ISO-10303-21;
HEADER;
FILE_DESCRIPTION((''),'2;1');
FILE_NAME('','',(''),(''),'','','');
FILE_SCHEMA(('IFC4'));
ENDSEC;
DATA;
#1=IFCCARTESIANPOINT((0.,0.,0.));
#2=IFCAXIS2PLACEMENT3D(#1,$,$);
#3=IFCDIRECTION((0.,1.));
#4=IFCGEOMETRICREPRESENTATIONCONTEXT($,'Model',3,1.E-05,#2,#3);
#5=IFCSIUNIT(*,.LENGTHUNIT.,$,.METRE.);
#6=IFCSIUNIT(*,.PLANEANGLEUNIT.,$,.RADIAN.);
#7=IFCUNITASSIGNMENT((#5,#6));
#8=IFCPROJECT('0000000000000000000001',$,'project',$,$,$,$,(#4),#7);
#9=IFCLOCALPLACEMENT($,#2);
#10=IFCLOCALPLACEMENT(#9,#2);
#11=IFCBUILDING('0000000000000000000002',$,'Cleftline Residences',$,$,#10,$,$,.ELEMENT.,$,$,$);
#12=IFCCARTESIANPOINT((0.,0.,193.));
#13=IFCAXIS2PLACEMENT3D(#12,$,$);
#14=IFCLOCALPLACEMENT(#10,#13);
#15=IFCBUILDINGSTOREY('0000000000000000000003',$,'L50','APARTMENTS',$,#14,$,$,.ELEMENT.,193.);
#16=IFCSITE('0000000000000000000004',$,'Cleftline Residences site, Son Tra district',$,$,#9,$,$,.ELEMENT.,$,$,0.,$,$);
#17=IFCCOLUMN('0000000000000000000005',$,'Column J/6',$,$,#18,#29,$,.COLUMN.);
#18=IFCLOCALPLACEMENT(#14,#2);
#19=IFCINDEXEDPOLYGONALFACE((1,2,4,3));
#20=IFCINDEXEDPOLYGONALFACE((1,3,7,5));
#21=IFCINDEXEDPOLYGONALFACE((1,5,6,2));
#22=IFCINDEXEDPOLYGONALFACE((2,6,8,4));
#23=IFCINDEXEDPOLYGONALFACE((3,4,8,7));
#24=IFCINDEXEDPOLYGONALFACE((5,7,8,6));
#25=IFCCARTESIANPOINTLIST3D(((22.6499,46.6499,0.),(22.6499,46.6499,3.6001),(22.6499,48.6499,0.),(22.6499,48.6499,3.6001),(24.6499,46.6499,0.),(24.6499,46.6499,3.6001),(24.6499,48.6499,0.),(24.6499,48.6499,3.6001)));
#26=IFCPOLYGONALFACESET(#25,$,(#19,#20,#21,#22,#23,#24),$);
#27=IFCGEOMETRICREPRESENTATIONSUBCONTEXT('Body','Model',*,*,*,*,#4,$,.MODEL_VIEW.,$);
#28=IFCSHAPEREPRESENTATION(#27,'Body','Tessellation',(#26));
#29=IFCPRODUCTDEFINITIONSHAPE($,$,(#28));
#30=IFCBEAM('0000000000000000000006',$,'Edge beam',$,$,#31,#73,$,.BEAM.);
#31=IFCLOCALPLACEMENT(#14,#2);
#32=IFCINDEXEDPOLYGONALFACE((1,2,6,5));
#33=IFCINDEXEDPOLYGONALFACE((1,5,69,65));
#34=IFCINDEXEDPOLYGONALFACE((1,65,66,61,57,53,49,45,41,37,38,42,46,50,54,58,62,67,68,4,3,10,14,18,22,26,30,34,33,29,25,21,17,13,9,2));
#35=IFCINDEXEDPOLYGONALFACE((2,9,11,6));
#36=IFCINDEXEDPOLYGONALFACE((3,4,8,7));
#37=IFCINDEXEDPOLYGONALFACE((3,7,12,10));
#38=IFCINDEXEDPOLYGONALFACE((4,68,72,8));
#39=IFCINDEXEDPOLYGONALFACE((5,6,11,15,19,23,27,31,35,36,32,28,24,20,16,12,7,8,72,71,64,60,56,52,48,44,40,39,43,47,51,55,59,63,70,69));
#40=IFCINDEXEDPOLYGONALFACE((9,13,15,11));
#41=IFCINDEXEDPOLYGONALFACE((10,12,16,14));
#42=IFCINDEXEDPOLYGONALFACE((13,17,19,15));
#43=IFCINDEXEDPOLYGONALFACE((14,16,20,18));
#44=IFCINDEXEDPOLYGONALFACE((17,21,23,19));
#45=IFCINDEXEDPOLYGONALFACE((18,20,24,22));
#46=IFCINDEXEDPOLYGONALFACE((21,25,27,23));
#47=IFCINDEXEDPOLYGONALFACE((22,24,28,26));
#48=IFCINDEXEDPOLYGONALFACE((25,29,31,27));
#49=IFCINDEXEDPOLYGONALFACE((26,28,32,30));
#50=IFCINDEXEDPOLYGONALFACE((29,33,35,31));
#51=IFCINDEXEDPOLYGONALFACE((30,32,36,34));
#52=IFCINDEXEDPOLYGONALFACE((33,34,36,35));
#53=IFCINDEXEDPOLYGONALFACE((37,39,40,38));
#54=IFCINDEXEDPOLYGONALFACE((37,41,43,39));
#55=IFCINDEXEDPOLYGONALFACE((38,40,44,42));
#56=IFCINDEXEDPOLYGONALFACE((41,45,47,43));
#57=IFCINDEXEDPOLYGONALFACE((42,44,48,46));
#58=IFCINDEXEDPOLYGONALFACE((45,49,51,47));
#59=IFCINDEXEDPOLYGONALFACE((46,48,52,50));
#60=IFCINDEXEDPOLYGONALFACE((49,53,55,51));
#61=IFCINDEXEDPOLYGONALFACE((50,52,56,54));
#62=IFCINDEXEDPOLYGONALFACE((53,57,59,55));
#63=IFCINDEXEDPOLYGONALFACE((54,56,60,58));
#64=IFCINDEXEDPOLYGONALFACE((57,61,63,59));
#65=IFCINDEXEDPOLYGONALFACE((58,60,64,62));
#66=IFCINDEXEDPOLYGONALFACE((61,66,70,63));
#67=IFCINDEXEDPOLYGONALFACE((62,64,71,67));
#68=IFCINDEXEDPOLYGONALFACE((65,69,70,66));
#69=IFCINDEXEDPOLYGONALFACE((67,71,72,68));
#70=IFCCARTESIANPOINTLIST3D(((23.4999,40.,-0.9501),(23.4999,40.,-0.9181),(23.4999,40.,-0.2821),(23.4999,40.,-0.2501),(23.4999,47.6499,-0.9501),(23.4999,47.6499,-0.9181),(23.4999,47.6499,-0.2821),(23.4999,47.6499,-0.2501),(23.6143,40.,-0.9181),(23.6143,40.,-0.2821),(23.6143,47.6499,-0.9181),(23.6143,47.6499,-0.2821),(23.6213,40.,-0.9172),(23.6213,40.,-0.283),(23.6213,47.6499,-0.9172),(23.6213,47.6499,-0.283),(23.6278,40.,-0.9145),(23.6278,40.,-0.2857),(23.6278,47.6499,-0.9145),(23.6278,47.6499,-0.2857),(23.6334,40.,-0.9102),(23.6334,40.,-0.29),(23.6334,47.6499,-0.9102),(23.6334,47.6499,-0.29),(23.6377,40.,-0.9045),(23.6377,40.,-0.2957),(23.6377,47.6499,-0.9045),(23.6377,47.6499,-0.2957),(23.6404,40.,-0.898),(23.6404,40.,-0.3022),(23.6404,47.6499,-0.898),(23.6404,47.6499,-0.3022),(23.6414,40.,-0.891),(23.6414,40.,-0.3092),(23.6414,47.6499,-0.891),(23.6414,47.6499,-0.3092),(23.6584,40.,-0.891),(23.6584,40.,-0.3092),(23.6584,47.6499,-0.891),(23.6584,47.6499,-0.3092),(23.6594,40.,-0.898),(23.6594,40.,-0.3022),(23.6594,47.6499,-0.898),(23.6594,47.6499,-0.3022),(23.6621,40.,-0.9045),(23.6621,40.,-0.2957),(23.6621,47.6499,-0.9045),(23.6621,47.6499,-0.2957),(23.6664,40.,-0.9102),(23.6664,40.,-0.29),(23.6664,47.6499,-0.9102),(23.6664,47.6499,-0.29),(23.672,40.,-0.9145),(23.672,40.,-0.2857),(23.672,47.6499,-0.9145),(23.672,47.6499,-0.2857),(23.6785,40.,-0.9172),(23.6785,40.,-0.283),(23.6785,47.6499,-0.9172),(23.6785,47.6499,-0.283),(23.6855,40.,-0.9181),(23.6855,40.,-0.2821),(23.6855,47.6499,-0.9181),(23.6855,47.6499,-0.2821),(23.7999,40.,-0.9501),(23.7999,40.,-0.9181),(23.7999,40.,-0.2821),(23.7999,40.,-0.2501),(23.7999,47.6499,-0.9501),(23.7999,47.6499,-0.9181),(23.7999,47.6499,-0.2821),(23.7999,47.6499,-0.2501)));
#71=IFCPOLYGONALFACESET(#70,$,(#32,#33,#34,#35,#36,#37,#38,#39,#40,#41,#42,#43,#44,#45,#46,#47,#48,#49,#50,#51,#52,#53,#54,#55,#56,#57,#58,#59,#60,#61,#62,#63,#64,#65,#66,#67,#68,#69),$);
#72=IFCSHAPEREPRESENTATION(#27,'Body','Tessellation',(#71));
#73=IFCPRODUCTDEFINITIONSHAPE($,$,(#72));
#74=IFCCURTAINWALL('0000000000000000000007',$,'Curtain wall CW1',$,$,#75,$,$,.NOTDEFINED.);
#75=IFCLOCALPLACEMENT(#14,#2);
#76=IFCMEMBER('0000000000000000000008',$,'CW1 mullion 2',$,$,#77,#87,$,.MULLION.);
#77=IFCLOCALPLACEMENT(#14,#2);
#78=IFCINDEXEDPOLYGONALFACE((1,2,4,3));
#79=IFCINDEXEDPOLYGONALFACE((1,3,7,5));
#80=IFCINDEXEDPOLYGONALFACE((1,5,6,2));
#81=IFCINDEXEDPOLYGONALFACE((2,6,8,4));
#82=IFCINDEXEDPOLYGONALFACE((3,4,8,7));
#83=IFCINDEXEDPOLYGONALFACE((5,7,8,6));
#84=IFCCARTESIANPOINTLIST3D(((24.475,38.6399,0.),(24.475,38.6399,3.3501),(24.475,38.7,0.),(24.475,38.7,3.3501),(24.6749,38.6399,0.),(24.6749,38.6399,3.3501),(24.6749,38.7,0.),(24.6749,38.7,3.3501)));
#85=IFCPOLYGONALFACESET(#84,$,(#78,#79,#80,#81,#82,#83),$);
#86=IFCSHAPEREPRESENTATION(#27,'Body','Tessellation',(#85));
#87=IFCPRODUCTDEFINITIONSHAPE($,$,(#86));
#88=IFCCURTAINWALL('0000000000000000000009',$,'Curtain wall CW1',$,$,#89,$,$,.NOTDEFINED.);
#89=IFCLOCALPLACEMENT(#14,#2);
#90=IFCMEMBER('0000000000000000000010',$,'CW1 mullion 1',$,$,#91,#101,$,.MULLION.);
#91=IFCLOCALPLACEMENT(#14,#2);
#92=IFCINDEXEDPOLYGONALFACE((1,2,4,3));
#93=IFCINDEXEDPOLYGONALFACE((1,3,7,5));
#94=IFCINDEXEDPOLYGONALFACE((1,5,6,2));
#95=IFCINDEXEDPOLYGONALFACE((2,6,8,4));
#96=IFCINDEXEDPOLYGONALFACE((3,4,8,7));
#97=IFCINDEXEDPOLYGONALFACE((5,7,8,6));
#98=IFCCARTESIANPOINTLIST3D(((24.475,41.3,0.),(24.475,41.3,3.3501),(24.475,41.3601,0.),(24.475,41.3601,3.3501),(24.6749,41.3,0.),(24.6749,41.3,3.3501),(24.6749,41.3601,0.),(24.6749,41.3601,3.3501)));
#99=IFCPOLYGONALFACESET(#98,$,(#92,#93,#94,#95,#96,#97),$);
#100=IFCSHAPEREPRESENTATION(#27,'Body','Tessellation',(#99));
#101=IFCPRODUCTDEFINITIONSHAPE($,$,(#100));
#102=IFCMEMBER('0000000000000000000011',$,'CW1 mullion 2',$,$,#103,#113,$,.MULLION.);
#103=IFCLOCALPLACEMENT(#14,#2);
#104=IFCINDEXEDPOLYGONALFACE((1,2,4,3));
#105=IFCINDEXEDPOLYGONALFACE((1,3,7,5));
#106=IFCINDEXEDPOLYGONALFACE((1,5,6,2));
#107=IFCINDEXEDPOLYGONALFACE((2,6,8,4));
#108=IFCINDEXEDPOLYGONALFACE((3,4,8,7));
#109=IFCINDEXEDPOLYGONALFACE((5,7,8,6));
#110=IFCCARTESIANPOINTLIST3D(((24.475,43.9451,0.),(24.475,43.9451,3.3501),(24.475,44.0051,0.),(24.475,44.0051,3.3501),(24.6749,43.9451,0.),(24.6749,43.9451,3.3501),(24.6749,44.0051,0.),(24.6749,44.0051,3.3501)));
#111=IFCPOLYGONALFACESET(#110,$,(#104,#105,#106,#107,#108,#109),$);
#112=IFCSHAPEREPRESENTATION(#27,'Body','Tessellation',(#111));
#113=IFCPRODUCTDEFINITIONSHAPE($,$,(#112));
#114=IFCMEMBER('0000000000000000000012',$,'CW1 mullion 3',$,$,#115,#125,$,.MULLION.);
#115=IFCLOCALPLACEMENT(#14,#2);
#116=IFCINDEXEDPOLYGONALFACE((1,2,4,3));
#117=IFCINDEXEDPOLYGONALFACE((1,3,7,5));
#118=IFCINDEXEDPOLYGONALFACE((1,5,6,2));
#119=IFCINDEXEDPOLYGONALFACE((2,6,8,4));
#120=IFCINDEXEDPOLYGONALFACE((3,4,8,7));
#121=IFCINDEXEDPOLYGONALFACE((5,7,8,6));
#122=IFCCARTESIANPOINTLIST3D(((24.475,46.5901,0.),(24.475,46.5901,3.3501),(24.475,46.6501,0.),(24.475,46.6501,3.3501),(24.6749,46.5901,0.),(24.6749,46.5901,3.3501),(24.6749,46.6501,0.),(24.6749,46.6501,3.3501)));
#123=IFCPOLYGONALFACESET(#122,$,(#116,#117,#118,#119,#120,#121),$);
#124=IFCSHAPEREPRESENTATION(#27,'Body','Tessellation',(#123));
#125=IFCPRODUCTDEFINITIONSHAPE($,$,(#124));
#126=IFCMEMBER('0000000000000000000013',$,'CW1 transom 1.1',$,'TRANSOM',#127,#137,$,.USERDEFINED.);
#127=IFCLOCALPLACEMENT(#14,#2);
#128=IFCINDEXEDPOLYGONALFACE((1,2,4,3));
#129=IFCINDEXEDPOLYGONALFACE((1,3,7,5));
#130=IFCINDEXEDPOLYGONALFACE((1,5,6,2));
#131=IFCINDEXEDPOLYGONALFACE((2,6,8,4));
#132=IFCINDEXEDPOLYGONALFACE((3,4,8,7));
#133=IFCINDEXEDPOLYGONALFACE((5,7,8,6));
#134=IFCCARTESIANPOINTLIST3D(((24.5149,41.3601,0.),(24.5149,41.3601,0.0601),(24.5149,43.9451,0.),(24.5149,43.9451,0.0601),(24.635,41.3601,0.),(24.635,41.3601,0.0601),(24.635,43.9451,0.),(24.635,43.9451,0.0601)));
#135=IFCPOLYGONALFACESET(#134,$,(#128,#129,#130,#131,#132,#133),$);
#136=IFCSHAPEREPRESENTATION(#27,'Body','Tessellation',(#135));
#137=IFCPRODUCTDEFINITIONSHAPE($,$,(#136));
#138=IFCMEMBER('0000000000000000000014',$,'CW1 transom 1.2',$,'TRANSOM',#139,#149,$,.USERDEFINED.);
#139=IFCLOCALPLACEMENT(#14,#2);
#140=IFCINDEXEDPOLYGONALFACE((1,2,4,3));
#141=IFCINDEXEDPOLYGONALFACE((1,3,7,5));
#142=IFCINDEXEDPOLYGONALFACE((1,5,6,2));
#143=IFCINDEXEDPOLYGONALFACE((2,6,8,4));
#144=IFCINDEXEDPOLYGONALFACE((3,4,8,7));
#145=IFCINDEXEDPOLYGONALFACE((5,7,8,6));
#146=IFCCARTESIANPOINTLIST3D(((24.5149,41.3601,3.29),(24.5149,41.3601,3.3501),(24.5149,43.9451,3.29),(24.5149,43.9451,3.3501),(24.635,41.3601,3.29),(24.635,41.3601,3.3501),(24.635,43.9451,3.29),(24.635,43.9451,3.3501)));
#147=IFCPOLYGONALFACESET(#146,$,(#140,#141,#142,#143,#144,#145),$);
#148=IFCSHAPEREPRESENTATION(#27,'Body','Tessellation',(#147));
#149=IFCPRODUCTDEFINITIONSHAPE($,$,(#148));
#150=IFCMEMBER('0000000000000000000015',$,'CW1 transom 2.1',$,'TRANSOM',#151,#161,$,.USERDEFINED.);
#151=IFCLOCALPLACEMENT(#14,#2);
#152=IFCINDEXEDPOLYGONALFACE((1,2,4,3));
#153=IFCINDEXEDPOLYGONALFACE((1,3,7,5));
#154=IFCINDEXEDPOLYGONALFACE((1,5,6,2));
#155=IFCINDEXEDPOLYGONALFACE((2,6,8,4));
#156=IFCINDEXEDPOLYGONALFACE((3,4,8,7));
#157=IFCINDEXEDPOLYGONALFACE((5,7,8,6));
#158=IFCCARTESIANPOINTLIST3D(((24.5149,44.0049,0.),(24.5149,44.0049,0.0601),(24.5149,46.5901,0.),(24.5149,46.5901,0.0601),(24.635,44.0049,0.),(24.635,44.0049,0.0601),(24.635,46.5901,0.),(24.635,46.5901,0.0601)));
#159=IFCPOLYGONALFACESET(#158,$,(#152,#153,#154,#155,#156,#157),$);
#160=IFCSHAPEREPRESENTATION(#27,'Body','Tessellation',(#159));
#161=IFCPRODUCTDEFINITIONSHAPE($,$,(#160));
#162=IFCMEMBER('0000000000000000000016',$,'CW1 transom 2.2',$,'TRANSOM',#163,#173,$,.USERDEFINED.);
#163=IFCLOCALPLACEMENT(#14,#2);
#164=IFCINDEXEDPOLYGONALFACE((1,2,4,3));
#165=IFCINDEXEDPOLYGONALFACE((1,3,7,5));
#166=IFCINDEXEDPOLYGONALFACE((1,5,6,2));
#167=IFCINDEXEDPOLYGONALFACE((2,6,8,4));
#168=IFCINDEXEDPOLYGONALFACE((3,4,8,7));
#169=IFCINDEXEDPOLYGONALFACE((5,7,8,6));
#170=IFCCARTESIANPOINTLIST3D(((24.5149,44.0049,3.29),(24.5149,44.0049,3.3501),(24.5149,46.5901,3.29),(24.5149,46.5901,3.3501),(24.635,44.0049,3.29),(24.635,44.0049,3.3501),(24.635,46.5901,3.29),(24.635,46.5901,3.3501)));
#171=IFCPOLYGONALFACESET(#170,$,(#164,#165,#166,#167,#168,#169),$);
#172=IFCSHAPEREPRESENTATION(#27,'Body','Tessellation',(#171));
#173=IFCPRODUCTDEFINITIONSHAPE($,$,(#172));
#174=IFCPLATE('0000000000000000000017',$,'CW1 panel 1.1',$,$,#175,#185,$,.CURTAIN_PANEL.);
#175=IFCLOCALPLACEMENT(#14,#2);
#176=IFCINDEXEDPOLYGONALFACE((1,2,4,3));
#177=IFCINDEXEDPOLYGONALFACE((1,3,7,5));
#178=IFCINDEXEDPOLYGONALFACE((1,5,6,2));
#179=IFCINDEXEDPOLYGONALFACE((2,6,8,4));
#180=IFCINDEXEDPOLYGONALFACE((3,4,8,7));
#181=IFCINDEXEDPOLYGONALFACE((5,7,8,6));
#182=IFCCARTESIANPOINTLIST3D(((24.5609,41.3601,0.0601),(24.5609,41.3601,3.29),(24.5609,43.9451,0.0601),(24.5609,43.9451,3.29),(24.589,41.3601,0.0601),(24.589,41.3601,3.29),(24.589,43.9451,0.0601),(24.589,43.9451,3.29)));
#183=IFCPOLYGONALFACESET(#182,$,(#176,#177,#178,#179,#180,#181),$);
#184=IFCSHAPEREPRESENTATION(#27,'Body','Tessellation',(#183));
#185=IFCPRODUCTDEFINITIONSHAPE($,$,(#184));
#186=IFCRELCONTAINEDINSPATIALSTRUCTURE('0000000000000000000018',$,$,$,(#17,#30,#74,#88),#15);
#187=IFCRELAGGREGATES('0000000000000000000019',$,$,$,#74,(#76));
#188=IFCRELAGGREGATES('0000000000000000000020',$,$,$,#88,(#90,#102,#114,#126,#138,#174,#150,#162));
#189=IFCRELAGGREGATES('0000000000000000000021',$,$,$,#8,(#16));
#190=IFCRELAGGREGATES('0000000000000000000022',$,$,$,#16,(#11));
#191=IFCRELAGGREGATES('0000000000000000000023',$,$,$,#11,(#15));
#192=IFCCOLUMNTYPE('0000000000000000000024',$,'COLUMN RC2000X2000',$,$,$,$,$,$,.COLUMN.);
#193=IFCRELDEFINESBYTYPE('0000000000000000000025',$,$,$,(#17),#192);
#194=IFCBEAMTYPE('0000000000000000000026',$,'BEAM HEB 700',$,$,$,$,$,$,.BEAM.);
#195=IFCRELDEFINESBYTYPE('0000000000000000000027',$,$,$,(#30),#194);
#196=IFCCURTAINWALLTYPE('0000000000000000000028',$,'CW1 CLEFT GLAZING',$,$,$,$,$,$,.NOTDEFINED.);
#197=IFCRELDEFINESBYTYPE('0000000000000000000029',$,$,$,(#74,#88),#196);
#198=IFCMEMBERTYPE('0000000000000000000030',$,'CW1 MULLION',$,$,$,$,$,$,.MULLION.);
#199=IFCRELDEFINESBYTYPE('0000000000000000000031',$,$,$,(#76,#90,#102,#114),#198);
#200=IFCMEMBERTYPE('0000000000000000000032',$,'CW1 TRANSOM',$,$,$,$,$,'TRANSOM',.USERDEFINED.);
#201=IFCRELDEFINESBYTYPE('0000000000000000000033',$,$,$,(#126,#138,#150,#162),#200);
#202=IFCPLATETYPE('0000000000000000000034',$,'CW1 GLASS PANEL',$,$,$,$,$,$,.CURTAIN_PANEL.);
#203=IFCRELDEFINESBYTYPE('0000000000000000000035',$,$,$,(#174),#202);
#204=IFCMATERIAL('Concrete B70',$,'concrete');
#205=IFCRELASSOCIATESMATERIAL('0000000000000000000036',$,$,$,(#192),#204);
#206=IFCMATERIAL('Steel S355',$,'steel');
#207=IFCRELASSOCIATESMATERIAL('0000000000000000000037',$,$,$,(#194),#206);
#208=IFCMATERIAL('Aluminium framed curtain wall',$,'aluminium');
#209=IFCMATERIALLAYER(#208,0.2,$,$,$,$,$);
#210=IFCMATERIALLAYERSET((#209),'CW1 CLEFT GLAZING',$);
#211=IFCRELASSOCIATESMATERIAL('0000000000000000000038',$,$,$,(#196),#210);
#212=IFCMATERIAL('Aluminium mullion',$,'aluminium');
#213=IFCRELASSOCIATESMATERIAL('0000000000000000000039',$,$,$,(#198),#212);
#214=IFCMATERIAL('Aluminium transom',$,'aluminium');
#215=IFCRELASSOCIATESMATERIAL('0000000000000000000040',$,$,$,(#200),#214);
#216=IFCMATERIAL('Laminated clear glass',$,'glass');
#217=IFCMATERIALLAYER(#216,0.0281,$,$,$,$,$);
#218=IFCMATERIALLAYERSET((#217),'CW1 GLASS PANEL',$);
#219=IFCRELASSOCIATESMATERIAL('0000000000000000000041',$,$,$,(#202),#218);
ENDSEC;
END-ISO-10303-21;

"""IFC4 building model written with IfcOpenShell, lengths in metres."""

from ifc_helpers import new_model, si_unit, direction, frame, origin, origin_2d, place, context, subcontext, project, spatial, rectangle, i_section, extrude, material, layer, layer_set, material_profile, profile_set, type_object, element, aggregate, save


model = new_model("IFC4")

# Units and contexts
model_context = context("Model", 3, precision=1e-05, world=origin(), true_north=direction((0.0, 1.0)))
body_context = subcontext(model_context, "Body", "Model", "MODEL_VIEW")
ifc_project = project(units=[si_unit("LENGTHUNIT", "METRE"), si_unit("PLANEANGLEUNIT", "RADIAN")], contexts=[model_context])

# Site, building, storey
site_placement = place(None, origin())
site = spatial("IfcSite", under=ifc_project, at=site_placement, Name="Cleftline Residences site, Son Tra district", CompositionType="ELEMENT", RefElevation=0.0)
building_placement = place(site_placement, origin())
building = spatial("IfcBuilding", under=site, at=building_placement, Name="Cleftline Residences", CompositionType="ELEMENT")
storey_placement = place(building_placement, frame((0.0, 0.0, 193.0)))
storey = spatial("IfcBuildingStorey", under=building, at=storey_placement, Name="L50", Description="APARTMENTS", CompositionType="ELEMENT", Elevation=193.0)

# Column
ifc_material_1 = material(Name="Concrete B70", Category="concrete")
ifc_material_profile_1 = material_profile(ifc_material_1, rectangle(XDim=2.0, YDim=2.0, at=origin_2d()))
ifc_profile_set_1 = profile_set([ifc_material_profile_1], Name="Concrete B70")
column_type = type_object("IfcColumnType", Name="COLUMN RC2000X2000", PredefinedType="COLUMN", material=ifc_profile_set_1)
column_placement = place(storey_placement, frame((23.6499, 47.6499, 0.0), z_axis=(0.0, 0.0, 1.0), x_axis=(1.0, 0.0, 0.0)))
element("IfcColumn", 1, at=column_placement, inside=storey, type_object=column_type, Name="Column J/6", PredefinedType="COLUMN", context=body_context, shape_type="SweptSolid", body=[
    extrude(rectangle(XDim=2.0, YDim=2.0, at=origin_2d()), origin(), (0.0, 0.0, 1.0), 3.6001),
])

# Beam
ifc_material_2 = material(Name="Steel S355", Category="steel")
ifc_material_profile_2 = material_profile(ifc_material_2, i_section(OverallWidth=0.3, OverallDepth=0.7, WebThickness=0.0171, FlangeThickness=0.032, FilletRadius=0.0271, at=origin_2d()))
ifc_profile_set_2 = profile_set([ifc_material_profile_2], Name="Steel S355")
beam_type = type_object("IfcBeamType", Name="BEAM HEB 700", PredefinedType="BEAM", material=ifc_profile_set_2)
beam_placement = place(storey_placement, frame((23.6499, 47.6499, -0.6001), z_axis=(0.0, -1.0, 0.0), x_axis=(1.0, 0.0, 0.0)))
element("IfcBeam", 2, at=beam_placement, inside=storey, type_object=beam_type, Name="Edge beam", PredefinedType="BEAM", context=body_context, shape_type="SweptSolid", body=[
    extrude(i_section(OverallWidth=0.3, OverallDepth=0.7, WebThickness=0.0171, FlangeThickness=0.032, FilletRadius=0.0271, at=origin_2d()), origin(), (0.0, 0.0, 1.0), 7.6499),
])

# Curtain wall, member
ifc_material_3 = material(Name="Aluminium framed curtain wall", Category="aluminium")
ifc_layer_1 = layer(ifc_material_3, 0.2)
ifc_layer_set_1 = layer_set([ifc_layer_1], Name="CW1 CLEFT GLAZING")
curtain_wall_type = type_object("IfcCurtainWallType", Name="CW1 CLEFT GLAZING", PredefinedType="NOTDEFINED", material=ifc_layer_set_1)
curtain_wall_1_placement = place(storey_placement, origin())
curtain_wall_1 = element("IfcCurtainWall", 3, at=curtain_wall_1_placement, inside=storey, type_object=curtain_wall_type, Name="Curtain wall CW1", PredefinedType="NOTDEFINED")
ifc_material_4 = material(Name="Aluminium mullion", Category="aluminium")
ifc_material_profile_3 = material_profile(ifc_material_4, rectangle(XDim=0.2, YDim=0.0601, at=origin_2d()))
ifc_profile_set_3 = profile_set([ifc_material_profile_3], Name="Aluminium mullion")
member_type_1 = type_object("IfcMemberType", Name="CW1 MULLION", PredefinedType="MULLION", material=ifc_profile_set_3)
member_1_placement = place(storey_placement, frame((24.575, 38.6699, 0.0), z_axis=(0.0, 0.0, 1.0), x_axis=(-1.0, 0.0, 0.0)))
member_1 = element("IfcMember", 4, at=member_1_placement, type_object=member_type_1, Name="CW1 mullion 2", PredefinedType="MULLION", context=body_context, shape_type="SweptSolid", body=[
    extrude(rectangle(XDim=0.2, YDim=0.0601, at=origin_2d()), origin(), (0.0, 0.0, 1.0), 3.3501),
])
aggregate(curtain_wall_1, [member_1])

# Curtain wall, members, plate
curtain_wall_2_placement = place(storey_placement, origin())
curtain_wall_2 = element("IfcCurtainWall", 5, at=curtain_wall_2_placement, inside=storey, type_object=curtain_wall_type, Name="Curtain wall CW1", PredefinedType="NOTDEFINED")
member_2_placement = place(storey_placement, frame((24.575, 41.3301, 0.0), z_axis=(0.0, 0.0, 1.0), x_axis=(-1.0, 0.0, 0.0)))
member_2 = element("IfcMember", 6, at=member_2_placement, type_object=member_type_1, Name="CW1 mullion 1", PredefinedType="MULLION", context=body_context, shape_type="SweptSolid", body=[
    extrude(rectangle(XDim=0.2, YDim=0.0601, at=origin_2d()), origin(), (0.0, 0.0, 1.0), 3.3501),
])
member_3_placement = place(storey_placement, frame((24.575, 43.9751, 0.0), z_axis=(0.0, 0.0, 1.0), x_axis=(-1.0, 0.0, 0.0)))
member_3 = element("IfcMember", 7, at=member_3_placement, type_object=member_type_1, Name="CW1 mullion 2", PredefinedType="MULLION", context=body_context, shape_type="SweptSolid", body=[
    extrude(rectangle(XDim=0.2, YDim=0.0601, at=origin_2d()), origin(), (0.0, 0.0, 1.0), 3.3501),
])
member_4_placement = place(storey_placement, frame((24.575, 46.6201, 0.0), z_axis=(0.0, 0.0, 1.0), x_axis=(-1.0, 0.0, 0.0)))
member_4 = element("IfcMember", 8, at=member_4_placement, type_object=member_type_1, Name="CW1 mullion 3", PredefinedType="MULLION", context=body_context, shape_type="SweptSolid", body=[
    extrude(rectangle(XDim=0.2, YDim=0.0601, at=origin_2d()), origin(), (0.0, 0.0, 1.0), 3.3501),
])
ifc_material_5 = material(Name="Aluminium transom", Category="aluminium")
ifc_material_profile_4 = material_profile(ifc_material_5, rectangle(XDim=0.1201, YDim=0.0601, at=origin_2d()))
ifc_profile_set_4 = profile_set([ifc_material_profile_4], Name="Aluminium transom")
member_type_2 = type_object("IfcMemberType", Name="CW1 TRANSOM", ElementType="TRANSOM", PredefinedType="USERDEFINED", material=ifc_profile_set_4)
member_5_placement = place(storey_placement, frame((24.575, 41.3601, 0.03), z_axis=(0.0, 1.0, 0.0), x_axis=(-1.0, 0.0, 0.0)))
member_5 = element("IfcMember", 9, at=member_5_placement, type_object=member_type_2, Name="CW1 transom 1.1", ObjectType="TRANSOM", PredefinedType="USERDEFINED", context=body_context, shape_type="SweptSolid", body=[
    extrude(rectangle(XDim=0.1201, YDim=0.0601, at=origin_2d()), origin(), (0.0, 0.0, 1.0), 2.585),
])
member_6_placement = place(storey_placement, frame((24.575, 41.3601, 3.3201), z_axis=(0.0, 1.0, 0.0), x_axis=(-1.0, 0.0, 0.0)))
member_6 = element("IfcMember", 10, at=member_6_placement, type_object=member_type_2, Name="CW1 transom 1.2", ObjectType="TRANSOM", PredefinedType="USERDEFINED", context=body_context, shape_type="SweptSolid", body=[
    extrude(rectangle(XDim=0.1201, YDim=0.0601, at=origin_2d()), origin(), (0.0, 0.0, 1.0), 2.585),
])
member_7_placement = place(storey_placement, frame((24.575, 44.0049, 0.03), z_axis=(0.0, 1.0, 0.0), x_axis=(-1.0, 0.0, 0.0)))
member_7 = element("IfcMember", 11, at=member_7_placement, type_object=member_type_2, Name="CW1 transom 2.1", ObjectType="TRANSOM", PredefinedType="USERDEFINED", context=body_context, shape_type="SweptSolid", body=[
    extrude(rectangle(XDim=0.1201, YDim=0.0601, at=origin_2d()), origin(), (0.0, 0.0, 1.0), 2.5852),
])
member_8_placement = place(storey_placement, frame((24.575, 44.0049, 3.3201), z_axis=(0.0, 1.0, 0.0), x_axis=(-1.0, 0.0, 0.0)))
member_8 = element("IfcMember", 12, at=member_8_placement, type_object=member_type_2, Name="CW1 transom 2.2", ObjectType="TRANSOM", PredefinedType="USERDEFINED", context=body_context, shape_type="SweptSolid", body=[
    extrude(rectangle(XDim=0.1201, YDim=0.0601, at=origin_2d()), origin(), (0.0, 0.0, 1.0), 2.5852),
])
ifc_material_6 = material(Name="Laminated clear glass", Category="glass")
ifc_layer_2 = layer(ifc_material_6, 0.0281)
ifc_layer_set_2 = layer_set([ifc_layer_2], Name="CW1 GLASS PANEL")
plate_type = type_object("IfcPlateType", Name="CW1 GLASS PANEL", PredefinedType="CURTAIN_PANEL", material=ifc_layer_set_2)
plate_1_placement = place(storey_placement, frame((24.575, 42.6526, 0.0601), z_axis=(0.0, 0.0, 1.0), x_axis=(0.0, 1.0, 0.0)))
plate_1 = element("IfcPlate", 13, at=plate_1_placement, type_object=plate_type, Name="CW1 panel 1.1", PredefinedType="CURTAIN_PANEL", context=body_context, shape_type="SweptSolid", body=[
    extrude(rectangle(XDim=2.585, YDim=0.0281, at=origin_2d()), origin(), (0.0, 0.0, 1.0), 3.23),
])
aggregate(curtain_wall_2, [member_2, member_3, member_4, member_5, member_6, plate_1, member_7, member_8])

save(model, "model.ifc")
